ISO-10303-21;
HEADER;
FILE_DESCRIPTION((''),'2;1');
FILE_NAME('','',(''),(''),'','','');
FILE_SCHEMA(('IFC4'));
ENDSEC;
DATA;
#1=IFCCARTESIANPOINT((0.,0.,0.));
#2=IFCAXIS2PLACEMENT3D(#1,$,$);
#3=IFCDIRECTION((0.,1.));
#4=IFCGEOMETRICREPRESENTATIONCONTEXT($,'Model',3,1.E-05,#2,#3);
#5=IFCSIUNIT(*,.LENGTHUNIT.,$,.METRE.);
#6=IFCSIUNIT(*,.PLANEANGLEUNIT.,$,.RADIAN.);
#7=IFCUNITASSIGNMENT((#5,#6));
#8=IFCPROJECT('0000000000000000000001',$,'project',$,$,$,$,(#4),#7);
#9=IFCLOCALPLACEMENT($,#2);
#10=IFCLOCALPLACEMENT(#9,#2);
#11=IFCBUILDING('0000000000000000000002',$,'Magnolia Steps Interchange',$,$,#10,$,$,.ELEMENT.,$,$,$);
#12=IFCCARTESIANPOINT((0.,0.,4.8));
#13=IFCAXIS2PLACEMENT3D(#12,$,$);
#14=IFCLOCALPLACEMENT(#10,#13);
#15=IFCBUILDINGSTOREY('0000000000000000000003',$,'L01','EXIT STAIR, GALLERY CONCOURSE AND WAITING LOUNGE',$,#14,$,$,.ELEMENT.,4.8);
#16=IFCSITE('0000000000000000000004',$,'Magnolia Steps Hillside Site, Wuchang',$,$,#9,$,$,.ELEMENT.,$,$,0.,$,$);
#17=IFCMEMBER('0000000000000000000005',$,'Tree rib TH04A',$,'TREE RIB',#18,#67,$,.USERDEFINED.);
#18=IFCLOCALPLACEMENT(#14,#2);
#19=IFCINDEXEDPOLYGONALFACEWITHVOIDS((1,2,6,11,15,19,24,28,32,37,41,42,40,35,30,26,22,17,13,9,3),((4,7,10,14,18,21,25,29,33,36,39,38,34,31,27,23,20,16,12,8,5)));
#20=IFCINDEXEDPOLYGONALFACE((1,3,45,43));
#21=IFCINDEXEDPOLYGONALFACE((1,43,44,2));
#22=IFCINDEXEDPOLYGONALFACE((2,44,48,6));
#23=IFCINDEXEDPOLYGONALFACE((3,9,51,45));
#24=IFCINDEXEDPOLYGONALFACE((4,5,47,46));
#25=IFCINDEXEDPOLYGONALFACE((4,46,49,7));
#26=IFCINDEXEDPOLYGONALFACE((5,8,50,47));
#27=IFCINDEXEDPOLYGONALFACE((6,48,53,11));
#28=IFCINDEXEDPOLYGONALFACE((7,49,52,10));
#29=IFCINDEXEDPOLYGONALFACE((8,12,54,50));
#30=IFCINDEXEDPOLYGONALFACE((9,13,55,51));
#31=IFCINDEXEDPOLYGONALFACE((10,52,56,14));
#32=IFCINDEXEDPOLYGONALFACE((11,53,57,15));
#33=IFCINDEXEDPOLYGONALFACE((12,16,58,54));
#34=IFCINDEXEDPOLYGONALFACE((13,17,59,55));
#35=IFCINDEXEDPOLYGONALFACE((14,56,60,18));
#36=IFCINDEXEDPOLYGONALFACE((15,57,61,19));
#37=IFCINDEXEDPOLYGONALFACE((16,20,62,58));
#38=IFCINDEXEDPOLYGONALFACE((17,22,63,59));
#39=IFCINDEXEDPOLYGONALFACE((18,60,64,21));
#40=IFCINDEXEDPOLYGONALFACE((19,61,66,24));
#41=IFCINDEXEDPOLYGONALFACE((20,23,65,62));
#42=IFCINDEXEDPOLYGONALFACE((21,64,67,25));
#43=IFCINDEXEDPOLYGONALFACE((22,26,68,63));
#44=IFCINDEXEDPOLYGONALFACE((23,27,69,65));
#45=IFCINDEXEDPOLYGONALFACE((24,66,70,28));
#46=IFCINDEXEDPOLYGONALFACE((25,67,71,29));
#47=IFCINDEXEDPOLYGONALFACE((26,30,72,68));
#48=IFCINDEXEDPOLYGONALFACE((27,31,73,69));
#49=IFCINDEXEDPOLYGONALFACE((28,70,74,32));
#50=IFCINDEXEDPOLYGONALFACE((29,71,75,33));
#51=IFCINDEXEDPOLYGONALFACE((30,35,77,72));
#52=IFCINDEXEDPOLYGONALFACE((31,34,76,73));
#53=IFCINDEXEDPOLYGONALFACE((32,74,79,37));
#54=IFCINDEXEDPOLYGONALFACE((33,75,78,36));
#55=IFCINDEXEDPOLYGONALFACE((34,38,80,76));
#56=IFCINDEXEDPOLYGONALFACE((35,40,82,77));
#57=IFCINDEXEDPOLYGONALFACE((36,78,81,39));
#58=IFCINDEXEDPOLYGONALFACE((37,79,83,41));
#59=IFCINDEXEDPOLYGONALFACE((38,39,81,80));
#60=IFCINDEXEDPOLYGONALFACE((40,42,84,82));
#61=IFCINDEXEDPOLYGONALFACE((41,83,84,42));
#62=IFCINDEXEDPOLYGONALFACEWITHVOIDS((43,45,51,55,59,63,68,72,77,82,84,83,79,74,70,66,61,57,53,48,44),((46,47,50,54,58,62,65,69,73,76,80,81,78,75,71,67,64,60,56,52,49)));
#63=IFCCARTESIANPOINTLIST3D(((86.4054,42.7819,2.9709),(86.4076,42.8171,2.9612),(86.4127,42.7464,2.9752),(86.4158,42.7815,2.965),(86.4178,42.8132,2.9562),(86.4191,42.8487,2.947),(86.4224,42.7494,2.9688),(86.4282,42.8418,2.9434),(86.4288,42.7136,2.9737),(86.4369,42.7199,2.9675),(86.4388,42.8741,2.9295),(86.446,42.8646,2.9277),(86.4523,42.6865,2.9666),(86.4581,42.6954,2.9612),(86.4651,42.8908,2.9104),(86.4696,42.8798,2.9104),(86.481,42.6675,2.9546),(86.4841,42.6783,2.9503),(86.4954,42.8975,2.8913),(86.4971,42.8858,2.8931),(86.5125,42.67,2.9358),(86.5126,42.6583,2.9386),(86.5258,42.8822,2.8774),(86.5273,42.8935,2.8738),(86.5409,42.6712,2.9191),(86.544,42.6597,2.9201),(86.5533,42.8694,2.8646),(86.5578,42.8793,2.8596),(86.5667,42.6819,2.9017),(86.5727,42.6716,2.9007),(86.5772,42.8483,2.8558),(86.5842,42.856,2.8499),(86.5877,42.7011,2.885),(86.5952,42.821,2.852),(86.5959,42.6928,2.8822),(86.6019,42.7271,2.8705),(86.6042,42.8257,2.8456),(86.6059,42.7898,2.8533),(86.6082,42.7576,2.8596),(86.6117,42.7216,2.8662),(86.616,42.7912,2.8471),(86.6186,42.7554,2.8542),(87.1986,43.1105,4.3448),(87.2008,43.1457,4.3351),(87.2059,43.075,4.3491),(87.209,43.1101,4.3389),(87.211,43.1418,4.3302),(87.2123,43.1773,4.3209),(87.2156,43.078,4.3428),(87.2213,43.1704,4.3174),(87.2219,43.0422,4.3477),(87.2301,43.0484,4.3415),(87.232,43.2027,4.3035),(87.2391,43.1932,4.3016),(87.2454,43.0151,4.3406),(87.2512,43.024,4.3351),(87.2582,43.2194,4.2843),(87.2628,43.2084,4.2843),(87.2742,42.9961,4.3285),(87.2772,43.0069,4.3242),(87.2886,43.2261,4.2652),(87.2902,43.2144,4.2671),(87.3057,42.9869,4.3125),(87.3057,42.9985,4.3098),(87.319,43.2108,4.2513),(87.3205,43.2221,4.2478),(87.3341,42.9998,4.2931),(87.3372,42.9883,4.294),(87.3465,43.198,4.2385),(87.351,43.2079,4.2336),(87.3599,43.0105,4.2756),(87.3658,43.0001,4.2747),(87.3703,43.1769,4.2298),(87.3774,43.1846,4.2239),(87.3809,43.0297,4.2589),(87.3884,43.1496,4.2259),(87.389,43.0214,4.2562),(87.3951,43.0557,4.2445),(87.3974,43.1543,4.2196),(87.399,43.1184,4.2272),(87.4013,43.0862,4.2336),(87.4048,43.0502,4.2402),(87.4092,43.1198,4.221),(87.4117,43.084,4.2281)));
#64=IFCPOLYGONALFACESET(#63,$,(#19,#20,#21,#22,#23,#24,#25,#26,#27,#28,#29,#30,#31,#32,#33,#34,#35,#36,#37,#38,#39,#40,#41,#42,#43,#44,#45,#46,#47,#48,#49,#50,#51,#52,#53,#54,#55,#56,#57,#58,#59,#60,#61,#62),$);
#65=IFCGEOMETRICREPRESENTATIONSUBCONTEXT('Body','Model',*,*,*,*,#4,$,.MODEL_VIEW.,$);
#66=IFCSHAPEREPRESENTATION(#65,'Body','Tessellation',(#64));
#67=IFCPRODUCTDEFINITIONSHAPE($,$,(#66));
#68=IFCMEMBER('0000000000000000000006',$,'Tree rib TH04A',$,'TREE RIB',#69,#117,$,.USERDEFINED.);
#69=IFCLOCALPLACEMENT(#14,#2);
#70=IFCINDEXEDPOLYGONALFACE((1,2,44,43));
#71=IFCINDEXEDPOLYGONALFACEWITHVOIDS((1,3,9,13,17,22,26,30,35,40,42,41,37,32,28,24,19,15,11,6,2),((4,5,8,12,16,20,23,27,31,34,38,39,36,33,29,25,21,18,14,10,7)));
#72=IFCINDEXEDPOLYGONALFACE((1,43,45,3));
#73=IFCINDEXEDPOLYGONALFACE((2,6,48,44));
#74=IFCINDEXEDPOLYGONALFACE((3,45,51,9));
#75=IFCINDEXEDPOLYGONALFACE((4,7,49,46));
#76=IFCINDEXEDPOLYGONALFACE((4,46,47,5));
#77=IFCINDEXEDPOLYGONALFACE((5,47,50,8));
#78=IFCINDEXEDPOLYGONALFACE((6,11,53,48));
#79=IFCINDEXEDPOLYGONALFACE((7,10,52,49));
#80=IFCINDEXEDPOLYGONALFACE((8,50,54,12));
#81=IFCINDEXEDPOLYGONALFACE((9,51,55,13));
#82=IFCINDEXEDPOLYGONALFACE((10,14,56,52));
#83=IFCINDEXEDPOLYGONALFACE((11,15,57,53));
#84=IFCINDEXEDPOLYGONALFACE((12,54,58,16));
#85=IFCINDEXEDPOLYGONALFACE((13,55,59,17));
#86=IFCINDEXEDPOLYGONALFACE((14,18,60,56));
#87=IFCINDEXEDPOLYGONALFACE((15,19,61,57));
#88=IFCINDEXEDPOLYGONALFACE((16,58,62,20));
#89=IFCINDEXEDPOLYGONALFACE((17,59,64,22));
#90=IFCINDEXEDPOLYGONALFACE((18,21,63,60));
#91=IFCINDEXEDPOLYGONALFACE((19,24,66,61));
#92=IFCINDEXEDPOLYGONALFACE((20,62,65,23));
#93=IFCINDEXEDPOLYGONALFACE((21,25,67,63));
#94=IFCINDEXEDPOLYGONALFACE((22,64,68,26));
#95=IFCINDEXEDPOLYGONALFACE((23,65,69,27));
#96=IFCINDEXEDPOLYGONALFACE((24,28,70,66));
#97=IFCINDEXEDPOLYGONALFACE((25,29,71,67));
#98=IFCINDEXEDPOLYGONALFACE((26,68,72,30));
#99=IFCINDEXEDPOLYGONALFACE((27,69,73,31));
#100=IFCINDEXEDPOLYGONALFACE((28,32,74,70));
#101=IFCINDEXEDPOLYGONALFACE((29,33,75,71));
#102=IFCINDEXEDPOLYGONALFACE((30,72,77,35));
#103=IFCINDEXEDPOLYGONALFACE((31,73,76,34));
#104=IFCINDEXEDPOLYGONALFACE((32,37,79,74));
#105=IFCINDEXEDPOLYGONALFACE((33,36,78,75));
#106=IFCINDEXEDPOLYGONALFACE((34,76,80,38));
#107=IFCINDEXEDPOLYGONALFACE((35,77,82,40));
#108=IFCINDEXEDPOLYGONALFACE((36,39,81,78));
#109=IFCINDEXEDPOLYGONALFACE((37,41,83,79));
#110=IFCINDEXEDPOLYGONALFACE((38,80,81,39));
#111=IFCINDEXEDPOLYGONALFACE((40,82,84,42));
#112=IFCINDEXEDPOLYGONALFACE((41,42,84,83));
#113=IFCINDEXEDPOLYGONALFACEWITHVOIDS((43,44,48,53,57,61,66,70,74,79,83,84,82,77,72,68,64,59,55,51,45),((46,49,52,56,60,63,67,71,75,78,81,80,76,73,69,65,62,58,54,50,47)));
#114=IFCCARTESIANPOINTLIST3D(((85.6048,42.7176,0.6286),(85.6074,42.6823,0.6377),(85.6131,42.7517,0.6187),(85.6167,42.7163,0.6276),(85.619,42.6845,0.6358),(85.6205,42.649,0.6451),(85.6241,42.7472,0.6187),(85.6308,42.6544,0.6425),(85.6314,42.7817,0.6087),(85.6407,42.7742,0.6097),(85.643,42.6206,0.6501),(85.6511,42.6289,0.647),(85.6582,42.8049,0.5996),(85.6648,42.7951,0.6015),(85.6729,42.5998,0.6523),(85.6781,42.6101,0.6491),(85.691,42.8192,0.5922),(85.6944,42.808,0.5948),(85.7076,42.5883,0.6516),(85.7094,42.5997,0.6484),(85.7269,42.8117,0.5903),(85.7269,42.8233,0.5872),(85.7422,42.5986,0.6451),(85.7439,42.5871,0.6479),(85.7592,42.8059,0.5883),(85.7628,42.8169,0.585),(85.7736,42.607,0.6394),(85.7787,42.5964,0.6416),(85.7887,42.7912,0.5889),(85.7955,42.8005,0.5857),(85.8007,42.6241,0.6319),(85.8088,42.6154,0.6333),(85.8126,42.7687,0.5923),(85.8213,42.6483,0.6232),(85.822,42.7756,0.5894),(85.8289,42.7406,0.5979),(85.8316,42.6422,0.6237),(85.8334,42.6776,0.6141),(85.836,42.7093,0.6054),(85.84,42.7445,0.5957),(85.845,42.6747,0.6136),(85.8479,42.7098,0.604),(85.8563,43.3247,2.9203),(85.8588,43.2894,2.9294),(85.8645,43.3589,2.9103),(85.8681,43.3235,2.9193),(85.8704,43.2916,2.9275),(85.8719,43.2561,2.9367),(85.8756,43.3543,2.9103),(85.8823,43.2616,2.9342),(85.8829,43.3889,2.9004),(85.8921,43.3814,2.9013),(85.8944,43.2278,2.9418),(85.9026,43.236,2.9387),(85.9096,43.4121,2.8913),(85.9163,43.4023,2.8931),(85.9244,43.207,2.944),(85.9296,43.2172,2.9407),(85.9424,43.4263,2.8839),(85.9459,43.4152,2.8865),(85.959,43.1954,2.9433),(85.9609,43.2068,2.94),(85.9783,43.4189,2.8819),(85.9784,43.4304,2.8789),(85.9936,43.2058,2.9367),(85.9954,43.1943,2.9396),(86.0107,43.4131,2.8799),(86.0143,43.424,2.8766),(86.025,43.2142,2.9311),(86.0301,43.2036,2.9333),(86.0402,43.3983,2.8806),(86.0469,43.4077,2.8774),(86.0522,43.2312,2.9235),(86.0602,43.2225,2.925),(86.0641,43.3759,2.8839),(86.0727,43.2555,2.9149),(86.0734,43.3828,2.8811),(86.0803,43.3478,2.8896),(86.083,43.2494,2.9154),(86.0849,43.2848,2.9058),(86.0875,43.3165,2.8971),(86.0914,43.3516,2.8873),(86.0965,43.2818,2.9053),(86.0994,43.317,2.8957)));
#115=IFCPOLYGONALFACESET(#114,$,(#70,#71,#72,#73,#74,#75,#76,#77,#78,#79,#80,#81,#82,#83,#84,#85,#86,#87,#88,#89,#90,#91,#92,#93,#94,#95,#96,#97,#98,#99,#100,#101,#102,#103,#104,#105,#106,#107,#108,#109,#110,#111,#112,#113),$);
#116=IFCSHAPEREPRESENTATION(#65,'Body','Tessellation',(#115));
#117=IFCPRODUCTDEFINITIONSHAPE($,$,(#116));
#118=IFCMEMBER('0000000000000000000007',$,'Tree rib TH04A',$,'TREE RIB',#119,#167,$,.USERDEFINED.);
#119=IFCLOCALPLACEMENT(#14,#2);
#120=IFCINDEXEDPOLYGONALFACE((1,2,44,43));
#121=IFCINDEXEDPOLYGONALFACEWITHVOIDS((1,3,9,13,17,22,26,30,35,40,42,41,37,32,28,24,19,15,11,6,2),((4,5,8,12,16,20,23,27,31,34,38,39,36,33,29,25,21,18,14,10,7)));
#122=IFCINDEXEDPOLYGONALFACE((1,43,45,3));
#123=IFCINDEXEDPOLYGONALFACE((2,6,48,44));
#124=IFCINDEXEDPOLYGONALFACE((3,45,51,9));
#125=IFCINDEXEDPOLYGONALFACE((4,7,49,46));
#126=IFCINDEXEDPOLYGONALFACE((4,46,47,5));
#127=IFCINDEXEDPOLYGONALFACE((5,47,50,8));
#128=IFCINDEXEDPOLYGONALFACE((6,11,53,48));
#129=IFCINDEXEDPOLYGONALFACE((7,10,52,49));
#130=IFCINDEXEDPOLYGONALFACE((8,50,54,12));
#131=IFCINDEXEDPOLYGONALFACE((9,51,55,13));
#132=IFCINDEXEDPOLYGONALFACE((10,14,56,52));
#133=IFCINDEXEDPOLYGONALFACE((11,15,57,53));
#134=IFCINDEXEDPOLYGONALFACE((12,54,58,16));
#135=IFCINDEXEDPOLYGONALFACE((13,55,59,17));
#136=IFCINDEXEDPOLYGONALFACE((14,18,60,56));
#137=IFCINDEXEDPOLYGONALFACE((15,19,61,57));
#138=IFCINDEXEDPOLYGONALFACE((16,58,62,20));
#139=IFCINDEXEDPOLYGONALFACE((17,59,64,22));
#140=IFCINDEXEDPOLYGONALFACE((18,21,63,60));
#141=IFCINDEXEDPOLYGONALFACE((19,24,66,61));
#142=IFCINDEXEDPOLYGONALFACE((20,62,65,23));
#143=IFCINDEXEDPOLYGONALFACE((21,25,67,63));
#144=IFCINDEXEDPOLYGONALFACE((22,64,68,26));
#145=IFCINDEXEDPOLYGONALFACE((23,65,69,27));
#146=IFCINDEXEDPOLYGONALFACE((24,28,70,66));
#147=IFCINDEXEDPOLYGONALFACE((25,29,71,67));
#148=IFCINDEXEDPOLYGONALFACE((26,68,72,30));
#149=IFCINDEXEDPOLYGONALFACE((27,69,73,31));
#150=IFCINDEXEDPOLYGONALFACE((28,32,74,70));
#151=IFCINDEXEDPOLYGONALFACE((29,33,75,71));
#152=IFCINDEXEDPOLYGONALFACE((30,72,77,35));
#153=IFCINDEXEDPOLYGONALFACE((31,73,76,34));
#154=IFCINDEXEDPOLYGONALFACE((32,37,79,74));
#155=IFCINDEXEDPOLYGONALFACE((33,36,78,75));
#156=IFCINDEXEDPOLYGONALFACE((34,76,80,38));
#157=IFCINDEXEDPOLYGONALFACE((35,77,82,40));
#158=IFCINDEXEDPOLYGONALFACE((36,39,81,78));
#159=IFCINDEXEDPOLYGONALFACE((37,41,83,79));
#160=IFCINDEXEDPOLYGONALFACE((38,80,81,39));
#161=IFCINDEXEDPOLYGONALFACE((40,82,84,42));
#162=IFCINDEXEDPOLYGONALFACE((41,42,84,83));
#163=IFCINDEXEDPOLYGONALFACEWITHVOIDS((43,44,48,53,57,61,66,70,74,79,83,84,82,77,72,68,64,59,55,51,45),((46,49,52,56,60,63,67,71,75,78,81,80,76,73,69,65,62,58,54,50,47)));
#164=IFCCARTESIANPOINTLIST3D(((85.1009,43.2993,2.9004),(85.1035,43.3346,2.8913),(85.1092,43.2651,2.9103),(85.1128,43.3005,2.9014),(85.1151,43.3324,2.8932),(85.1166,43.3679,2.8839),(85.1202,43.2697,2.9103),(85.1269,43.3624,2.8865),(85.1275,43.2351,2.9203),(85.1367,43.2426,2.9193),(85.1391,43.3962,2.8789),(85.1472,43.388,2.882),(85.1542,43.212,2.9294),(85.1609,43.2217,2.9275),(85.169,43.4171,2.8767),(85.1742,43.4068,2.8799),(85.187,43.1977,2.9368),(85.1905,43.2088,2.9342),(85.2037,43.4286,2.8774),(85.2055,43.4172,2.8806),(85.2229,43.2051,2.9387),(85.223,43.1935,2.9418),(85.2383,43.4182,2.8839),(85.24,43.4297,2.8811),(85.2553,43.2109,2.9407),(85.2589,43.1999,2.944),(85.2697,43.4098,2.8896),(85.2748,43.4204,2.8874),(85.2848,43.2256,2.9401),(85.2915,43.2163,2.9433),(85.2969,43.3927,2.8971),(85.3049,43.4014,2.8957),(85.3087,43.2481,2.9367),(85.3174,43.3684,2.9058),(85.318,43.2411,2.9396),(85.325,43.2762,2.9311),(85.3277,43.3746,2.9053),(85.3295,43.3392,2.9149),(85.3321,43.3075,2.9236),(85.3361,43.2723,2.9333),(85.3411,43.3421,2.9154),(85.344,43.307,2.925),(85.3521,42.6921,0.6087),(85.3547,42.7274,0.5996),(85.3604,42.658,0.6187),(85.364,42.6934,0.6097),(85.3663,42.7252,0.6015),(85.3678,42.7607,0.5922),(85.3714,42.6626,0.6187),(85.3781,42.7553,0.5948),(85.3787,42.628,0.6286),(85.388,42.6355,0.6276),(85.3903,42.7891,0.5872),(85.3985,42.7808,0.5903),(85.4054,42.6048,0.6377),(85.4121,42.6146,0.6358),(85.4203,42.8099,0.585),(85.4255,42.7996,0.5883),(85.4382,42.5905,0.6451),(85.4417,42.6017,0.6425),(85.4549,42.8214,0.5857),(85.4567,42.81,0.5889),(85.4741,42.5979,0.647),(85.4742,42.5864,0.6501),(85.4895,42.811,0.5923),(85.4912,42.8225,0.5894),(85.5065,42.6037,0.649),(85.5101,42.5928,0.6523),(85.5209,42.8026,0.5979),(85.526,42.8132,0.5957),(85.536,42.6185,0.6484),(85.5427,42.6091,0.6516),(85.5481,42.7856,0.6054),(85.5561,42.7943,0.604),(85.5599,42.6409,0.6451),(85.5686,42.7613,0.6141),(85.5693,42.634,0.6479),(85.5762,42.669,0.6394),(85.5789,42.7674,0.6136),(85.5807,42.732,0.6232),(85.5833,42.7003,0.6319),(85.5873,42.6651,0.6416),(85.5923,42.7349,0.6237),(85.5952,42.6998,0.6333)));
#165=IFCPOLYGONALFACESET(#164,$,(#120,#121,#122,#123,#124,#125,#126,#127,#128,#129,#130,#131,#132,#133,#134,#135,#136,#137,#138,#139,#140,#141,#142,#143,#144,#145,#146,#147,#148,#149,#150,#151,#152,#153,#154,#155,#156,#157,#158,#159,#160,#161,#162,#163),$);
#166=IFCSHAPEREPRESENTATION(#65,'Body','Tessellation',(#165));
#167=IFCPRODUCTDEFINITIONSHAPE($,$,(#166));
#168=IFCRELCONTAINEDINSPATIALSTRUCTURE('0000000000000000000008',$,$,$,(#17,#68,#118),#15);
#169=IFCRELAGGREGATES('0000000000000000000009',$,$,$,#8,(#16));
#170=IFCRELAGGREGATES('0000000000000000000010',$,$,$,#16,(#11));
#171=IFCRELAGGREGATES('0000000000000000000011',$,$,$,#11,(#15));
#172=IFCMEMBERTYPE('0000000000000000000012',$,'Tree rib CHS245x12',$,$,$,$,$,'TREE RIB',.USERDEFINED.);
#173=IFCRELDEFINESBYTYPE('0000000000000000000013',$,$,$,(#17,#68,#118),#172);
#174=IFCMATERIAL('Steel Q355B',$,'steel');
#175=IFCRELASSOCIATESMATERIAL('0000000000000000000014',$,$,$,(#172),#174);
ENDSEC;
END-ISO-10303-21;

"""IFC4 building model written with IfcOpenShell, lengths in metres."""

from ifc_helpers import new_model, si_unit, direction, frame, origin, origin_2d, place, context, subcontext, project, spatial, hollow_circle, extrude, material, material_profile, profile_set, type_object, element, save


model = new_model("IFC4")

# Units and contexts
model_context = context("Model", 3, precision=1e-05, world=origin(), true_north=direction((0.0, 1.0)))
body_context = subcontext(model_context, "Body", "Model", "MODEL_VIEW")
ifc_project = project(units=[si_unit("LENGTHUNIT", "METRE"), si_unit("PLANEANGLEUNIT", "RADIAN")], contexts=[model_context])

# Site, building, storey
site_placement = place(None, origin())
site = spatial("IfcSite", under=ifc_project, at=site_placement, Name="Magnolia Steps Hillside Site, Wuchang", CompositionType="ELEMENT", RefElevation=0.0)
building_placement = place(site_placement, origin())
building = spatial("IfcBuilding", under=site, at=building_placement, Name="Magnolia Steps Interchange", CompositionType="ELEMENT")
storey_placement = place(building_placement, frame((0.0, 0.0, 4.8)))
storey = spatial("IfcBuildingStorey", under=building, at=storey_placement, Name="L01", Description="EXIT STAIR, GALLERY CONCOURSE AND WAITING LOUNGE", CompositionType="ELEMENT", Elevation=4.8)

# Members
ifc_material_1 = material(Name="Steel Q355B", Category="steel")
ifc_material_profile_1 = material_profile(ifc_material_1, hollow_circle(Radius=0.1226, WallThickness=0.012, at=origin_2d()), Name="CHS245x12")
ifc_profile_set_1 = profile_set([ifc_material_profile_1], Name="Steel Q355B")
member_type_1 = type_object("IfcMemberType", Name="Tree rib CHS245x12", ElementType="TREE RIB", PredefinedType="USERDEFINED", material=ifc_profile_set_1)
member_1_placement = place(storey_placement, frame((86.512, 42.7776, 2.9104), z_axis=(0.489571, 0.20282, 0.848047), x_axis=(-0.382737, 0.923857, 0.0)))
element("IfcMember", 1, at=member_1_placement, inside=storey, type_object=member_type_1, Name="Tree rib TH04A", ObjectType="TREE RIB", PredefinedType="USERDEFINED", context=body_context, shape_type="SweptSolid", body=[
    extrude(hollow_circle(Radius=0.1226, WallThickness=0.012, at=origin_2d()), origin(), (0.0, 0.0, 1.0), 1.6201),
])
for number, where, z_axis, x_axis, name in (
    (2, (85.7263, 42.7048, 0.6187), (0.105475, 0.254676, 0.961257), (-0.923899, 0.382636, 0.0), "Tree rib TH04A"),
    (3, (85.4736, 42.7048, 0.6187), (-0.105374, 0.254679, 0.961267), (-0.92403, -0.382319, 0.0), "Tree rib TH04A"),
):
    element("IfcMember", number, at=place(storey_placement, frame(where, z_axis=z_axis, x_axis=x_axis)), inside=storey, type_object=member_type_1, Name=name, ObjectType="TREE RIB", PredefinedType="USERDEFINED", context=body_context, shape_type="SweptSolid", body=[
        extrude(hollow_circle(Radius=0.1226, WallThickness=0.012, at=origin_2d()), origin(), (0.0, 0.0, 1.0), 2.384),
    ])

save(model, "model.ifc")
